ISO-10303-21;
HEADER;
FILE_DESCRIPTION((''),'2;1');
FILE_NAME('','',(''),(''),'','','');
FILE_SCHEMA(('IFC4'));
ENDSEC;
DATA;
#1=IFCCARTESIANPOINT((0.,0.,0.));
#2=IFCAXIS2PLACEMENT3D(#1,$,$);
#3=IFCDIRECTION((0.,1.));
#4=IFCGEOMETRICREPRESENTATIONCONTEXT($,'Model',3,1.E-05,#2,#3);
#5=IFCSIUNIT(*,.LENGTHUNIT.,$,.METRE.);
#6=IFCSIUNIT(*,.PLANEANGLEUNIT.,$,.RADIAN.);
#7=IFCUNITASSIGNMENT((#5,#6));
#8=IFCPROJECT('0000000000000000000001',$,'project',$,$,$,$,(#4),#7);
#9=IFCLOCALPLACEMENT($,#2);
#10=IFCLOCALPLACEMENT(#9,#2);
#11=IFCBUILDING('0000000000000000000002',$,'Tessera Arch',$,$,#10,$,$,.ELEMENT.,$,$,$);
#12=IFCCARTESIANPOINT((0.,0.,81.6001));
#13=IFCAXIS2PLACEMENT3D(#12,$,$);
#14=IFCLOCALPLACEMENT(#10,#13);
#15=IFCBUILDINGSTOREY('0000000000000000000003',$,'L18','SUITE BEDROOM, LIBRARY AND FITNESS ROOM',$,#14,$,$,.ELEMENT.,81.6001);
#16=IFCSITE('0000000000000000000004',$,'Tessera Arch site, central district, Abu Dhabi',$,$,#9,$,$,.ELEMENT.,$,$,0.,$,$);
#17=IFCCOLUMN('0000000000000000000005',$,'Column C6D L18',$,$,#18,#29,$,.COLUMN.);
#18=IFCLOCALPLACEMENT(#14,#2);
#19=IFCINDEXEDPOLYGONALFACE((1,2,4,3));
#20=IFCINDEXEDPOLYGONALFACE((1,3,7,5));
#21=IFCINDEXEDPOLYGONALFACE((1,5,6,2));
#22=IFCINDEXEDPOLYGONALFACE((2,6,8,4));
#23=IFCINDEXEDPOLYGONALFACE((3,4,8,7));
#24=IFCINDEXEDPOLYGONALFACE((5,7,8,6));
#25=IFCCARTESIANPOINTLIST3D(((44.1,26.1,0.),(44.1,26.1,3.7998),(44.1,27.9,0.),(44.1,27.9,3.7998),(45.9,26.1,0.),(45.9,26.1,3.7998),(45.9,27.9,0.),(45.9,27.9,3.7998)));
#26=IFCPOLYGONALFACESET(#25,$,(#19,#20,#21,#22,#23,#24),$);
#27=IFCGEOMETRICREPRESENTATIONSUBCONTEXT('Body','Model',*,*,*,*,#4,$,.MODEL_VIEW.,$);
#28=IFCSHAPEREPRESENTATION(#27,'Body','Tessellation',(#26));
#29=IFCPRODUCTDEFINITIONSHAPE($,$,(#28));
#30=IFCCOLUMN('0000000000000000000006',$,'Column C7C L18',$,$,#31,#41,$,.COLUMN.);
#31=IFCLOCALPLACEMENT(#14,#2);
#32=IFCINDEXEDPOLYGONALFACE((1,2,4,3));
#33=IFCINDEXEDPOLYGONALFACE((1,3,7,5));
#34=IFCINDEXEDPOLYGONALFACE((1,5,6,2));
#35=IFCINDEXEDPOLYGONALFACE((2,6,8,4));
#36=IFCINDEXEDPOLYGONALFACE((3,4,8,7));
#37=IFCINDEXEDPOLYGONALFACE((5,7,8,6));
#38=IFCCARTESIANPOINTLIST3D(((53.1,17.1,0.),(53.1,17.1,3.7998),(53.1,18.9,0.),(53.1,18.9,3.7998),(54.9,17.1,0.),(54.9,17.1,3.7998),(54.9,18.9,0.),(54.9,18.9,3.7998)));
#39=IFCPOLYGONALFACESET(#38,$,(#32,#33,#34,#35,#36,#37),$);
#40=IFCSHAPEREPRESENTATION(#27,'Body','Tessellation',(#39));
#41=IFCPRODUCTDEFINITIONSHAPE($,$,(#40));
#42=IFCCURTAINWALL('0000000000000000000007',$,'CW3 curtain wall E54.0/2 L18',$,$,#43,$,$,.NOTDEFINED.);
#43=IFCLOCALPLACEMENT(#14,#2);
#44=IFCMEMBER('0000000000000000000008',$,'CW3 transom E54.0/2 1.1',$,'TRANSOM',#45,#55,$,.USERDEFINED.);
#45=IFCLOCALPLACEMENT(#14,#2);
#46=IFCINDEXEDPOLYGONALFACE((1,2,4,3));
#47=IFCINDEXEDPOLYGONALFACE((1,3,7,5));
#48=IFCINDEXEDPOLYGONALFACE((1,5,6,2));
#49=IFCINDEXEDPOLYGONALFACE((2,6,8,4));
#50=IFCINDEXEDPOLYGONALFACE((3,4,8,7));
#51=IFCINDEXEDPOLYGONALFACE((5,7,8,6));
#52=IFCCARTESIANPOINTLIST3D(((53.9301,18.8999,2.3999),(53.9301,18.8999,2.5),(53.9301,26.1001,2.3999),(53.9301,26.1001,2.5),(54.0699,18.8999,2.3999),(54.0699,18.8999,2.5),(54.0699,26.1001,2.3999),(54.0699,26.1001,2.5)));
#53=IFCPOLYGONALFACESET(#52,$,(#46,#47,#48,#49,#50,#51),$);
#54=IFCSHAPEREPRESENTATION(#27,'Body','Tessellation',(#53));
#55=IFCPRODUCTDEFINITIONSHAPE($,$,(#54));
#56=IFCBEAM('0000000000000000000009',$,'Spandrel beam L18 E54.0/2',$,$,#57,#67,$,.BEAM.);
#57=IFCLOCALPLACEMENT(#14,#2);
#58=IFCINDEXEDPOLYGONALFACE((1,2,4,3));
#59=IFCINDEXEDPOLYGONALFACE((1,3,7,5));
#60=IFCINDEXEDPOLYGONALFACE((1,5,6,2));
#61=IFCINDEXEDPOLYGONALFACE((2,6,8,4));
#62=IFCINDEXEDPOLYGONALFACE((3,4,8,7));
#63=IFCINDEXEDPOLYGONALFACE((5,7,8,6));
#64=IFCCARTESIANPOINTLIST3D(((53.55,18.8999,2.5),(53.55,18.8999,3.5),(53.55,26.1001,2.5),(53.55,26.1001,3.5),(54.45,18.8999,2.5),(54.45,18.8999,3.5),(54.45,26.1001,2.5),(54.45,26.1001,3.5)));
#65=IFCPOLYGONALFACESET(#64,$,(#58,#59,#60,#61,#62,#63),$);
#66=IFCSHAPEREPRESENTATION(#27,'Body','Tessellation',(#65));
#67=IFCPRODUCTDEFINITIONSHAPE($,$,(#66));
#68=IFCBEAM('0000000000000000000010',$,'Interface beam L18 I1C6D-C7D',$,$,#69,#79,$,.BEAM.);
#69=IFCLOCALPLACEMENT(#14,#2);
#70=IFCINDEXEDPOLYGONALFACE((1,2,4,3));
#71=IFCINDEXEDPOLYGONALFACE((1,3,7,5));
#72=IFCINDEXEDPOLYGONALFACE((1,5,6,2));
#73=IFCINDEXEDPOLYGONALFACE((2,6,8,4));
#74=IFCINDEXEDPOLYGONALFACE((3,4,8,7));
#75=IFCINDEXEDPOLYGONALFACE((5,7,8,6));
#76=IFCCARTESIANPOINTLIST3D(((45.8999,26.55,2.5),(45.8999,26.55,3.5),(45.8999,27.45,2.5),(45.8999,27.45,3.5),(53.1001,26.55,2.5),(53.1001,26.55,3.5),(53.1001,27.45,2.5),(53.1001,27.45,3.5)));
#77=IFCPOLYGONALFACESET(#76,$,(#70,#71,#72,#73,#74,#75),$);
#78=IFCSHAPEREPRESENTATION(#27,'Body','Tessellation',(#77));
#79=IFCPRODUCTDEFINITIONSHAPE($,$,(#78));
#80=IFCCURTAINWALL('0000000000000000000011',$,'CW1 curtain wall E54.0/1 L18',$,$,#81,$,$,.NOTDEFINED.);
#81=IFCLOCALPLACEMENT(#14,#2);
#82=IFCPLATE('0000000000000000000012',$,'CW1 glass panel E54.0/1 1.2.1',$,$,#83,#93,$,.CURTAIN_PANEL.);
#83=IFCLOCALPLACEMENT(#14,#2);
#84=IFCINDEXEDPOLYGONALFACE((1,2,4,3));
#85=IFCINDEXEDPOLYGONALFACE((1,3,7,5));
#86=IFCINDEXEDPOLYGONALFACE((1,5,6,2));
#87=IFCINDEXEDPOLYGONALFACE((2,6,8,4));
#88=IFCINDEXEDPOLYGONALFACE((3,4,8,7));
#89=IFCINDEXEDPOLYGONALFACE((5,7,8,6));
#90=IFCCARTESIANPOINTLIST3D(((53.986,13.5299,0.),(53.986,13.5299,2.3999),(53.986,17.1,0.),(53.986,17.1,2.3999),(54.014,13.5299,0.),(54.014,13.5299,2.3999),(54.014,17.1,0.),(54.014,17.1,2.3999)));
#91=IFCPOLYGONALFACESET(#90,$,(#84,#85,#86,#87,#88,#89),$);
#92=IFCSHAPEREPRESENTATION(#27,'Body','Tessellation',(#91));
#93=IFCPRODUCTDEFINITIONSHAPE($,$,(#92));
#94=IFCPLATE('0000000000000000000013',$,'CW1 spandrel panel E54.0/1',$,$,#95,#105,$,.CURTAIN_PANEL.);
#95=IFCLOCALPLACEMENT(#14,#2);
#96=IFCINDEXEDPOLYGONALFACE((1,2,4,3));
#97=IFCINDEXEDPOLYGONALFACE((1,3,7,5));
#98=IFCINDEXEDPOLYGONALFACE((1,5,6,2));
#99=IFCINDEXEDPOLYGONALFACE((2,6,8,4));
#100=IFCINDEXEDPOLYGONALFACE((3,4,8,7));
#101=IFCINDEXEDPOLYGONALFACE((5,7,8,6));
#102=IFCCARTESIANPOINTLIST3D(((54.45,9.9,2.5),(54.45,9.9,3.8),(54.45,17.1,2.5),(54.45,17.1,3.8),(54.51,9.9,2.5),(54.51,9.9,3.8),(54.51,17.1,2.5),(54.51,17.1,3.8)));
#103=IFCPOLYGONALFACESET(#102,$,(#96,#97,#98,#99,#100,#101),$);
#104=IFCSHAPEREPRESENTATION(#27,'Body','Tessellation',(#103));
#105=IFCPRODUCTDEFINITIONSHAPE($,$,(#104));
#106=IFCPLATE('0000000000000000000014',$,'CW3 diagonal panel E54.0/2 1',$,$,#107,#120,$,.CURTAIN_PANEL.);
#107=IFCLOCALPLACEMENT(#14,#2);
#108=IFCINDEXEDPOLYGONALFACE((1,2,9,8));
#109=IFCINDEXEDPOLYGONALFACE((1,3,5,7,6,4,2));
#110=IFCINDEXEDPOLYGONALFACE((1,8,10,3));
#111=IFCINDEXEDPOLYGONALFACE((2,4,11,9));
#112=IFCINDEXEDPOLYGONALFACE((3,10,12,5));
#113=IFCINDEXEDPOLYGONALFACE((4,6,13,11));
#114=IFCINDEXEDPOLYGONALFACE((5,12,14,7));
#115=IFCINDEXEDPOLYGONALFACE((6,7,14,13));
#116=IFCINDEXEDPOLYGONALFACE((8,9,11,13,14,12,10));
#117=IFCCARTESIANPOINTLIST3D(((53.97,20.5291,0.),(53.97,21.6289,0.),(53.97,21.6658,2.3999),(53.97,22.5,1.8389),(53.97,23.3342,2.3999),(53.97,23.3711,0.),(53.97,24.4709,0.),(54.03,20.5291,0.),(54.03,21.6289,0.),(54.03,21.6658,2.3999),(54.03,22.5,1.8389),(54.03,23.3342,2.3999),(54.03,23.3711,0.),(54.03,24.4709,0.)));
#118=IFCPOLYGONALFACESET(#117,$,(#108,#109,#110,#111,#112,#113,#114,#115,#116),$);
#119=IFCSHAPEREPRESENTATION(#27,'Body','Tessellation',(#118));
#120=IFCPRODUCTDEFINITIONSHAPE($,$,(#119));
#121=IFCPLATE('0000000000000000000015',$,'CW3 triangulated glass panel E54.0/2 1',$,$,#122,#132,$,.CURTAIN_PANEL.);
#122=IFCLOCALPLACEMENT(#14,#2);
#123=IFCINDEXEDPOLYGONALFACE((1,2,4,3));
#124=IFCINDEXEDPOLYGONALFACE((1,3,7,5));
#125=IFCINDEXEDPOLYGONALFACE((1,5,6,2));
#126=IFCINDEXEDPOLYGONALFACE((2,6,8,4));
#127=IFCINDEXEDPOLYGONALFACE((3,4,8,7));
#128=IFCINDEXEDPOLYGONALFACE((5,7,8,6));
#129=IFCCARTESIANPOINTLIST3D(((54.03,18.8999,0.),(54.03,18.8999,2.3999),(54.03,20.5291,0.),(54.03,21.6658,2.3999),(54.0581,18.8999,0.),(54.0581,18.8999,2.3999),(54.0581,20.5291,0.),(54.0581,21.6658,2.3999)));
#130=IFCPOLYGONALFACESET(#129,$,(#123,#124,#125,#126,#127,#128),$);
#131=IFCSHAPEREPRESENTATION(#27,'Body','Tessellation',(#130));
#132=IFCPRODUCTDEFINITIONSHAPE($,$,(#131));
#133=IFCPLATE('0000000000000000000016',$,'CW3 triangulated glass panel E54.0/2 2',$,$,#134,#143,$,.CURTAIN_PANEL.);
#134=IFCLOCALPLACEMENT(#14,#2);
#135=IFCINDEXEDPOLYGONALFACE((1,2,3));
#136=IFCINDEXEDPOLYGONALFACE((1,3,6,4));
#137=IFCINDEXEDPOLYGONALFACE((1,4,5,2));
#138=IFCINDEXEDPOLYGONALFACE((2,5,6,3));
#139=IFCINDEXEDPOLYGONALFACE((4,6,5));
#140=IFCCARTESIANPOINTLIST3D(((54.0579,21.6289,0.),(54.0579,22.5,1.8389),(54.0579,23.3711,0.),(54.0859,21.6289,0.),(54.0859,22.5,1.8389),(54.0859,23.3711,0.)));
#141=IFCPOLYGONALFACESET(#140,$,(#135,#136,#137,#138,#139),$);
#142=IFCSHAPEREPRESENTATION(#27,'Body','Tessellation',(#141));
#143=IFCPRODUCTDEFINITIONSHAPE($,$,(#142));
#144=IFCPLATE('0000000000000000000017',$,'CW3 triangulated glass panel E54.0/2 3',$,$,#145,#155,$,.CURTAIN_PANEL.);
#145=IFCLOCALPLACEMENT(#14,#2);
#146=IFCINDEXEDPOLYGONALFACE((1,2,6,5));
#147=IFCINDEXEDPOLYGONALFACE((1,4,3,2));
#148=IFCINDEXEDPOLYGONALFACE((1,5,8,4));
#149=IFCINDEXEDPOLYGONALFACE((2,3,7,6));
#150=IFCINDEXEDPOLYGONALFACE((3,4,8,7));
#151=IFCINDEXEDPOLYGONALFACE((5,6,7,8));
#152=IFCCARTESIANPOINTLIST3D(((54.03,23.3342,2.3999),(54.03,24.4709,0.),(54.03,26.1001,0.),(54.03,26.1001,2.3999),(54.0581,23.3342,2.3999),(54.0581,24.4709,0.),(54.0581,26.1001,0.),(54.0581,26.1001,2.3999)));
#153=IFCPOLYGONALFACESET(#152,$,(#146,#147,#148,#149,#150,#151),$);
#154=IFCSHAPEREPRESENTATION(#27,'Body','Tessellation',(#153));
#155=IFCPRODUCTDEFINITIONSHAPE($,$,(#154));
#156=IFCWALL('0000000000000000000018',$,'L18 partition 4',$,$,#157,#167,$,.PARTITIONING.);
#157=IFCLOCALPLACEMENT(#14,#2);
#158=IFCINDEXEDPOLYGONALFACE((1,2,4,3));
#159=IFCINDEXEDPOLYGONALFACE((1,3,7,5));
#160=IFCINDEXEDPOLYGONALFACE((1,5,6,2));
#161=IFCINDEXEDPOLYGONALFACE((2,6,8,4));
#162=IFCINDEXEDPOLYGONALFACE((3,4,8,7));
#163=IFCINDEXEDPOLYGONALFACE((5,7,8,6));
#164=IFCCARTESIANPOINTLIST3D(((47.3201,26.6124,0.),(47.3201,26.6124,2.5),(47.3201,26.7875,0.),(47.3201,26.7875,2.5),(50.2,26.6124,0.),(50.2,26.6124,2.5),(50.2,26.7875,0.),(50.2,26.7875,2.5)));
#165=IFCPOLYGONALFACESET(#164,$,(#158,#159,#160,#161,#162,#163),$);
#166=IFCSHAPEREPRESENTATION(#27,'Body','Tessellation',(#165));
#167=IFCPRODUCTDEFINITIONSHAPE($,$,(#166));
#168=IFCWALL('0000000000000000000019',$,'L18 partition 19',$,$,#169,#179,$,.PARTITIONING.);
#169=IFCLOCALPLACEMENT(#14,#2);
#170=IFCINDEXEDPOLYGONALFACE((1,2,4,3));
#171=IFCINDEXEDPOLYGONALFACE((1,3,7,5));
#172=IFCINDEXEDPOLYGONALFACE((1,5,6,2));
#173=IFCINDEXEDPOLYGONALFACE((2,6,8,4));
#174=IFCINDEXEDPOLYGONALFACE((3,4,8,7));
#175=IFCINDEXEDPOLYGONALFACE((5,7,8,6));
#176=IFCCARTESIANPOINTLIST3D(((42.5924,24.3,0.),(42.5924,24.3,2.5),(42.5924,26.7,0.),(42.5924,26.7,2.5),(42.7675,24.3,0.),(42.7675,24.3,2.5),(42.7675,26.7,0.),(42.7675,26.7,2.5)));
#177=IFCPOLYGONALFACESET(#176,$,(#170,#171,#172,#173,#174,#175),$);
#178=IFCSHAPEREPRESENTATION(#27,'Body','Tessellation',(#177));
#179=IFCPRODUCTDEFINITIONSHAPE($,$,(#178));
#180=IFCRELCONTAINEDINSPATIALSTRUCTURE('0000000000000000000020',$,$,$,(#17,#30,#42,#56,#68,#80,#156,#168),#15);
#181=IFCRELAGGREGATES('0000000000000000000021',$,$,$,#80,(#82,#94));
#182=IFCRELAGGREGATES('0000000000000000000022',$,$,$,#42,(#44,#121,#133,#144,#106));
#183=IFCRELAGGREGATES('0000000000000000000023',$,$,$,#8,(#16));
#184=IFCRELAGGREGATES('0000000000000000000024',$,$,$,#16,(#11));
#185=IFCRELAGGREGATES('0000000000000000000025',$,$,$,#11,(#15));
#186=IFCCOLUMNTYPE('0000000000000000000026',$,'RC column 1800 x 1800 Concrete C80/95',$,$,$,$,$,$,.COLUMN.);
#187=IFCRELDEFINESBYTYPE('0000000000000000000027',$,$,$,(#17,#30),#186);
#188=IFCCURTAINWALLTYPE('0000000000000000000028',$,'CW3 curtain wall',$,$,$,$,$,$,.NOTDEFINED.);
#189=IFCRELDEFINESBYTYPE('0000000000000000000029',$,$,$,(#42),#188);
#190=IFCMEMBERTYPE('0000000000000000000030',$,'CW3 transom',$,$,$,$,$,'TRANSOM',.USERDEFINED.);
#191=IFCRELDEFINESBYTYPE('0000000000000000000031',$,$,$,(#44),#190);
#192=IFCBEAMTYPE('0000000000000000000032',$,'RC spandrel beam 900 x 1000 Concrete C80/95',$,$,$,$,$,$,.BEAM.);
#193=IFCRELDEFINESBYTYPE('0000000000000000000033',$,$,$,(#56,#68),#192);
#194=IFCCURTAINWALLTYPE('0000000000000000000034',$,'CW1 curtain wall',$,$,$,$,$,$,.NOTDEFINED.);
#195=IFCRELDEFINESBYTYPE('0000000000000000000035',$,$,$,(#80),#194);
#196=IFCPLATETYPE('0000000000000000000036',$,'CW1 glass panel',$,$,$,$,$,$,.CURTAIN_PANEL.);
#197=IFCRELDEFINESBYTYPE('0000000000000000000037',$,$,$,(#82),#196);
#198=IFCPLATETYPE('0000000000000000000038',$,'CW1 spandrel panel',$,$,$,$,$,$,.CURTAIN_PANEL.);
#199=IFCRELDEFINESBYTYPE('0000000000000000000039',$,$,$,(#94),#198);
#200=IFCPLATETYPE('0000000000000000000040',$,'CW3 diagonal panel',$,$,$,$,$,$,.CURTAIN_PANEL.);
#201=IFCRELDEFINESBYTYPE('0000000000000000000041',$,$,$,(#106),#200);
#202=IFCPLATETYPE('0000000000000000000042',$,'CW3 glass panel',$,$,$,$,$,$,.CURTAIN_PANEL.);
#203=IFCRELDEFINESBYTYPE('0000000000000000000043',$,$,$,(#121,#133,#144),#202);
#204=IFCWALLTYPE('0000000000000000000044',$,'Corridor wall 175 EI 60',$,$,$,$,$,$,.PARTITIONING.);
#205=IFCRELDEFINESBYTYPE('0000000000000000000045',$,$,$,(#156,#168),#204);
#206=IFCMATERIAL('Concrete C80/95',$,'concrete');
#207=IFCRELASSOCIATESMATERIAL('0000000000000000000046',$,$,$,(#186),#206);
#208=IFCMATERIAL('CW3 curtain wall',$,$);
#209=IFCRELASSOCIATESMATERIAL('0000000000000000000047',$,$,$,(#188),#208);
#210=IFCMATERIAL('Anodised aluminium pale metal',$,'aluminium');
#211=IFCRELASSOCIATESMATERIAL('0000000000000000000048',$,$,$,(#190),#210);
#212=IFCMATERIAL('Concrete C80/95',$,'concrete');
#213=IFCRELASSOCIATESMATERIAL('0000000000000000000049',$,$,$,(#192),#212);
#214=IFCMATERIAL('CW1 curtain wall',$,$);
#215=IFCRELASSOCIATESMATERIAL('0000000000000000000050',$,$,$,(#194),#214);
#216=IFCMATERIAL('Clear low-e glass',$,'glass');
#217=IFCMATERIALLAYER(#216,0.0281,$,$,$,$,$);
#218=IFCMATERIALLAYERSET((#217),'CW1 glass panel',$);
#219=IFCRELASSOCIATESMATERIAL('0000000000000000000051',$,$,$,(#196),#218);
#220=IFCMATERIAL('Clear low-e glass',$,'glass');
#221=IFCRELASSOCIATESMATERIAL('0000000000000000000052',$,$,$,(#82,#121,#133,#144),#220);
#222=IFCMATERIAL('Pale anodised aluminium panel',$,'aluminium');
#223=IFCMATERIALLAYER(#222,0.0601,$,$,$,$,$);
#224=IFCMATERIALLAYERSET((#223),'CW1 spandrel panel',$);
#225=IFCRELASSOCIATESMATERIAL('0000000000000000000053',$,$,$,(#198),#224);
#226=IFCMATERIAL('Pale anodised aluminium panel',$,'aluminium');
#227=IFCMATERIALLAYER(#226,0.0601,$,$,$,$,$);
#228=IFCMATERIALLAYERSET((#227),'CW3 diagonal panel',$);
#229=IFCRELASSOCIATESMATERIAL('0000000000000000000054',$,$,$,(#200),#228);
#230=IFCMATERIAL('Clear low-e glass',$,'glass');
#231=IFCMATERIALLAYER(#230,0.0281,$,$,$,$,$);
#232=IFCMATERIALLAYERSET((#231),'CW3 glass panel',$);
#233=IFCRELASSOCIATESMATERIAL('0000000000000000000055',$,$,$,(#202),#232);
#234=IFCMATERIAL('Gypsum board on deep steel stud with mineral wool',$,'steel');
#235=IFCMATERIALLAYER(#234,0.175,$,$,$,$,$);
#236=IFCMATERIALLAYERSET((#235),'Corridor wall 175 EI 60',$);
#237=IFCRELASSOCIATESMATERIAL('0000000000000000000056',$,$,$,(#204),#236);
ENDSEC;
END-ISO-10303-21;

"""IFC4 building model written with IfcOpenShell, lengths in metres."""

from ifc_helpers import new_model, si_unit, direction, frame, frame_2d, origin, origin_2d, place, context, subcontext, project, spatial, polyline, rectangle, outline, extrude, material, layer, layer_set, material_profile, profile_set, type_object, element, aggregate, save


model = new_model("IFC4")

# Units and contexts
model_context = context("Model", 3, precision=1e-05, world=origin(), true_north=direction((0.0, 1.0)))
body_context = subcontext(model_context, "Body", "Model", "MODEL_VIEW")
ifc_project = project(units=[si_unit("LENGTHUNIT", "METRE"), si_unit("PLANEANGLEUNIT", "RADIAN")], contexts=[model_context])

# Site, building, storey
site_placement = place(None, origin())
site = spatial("IfcSite", under=ifc_project, at=site_placement, Name="Tessera Arch site, central district, Abu Dhabi", CompositionType="ELEMENT", RefElevation=0.0)
building_placement = place(site_placement, origin())
building = spatial("IfcBuilding", under=site, at=building_placement, Name="Tessera Arch", CompositionType="ELEMENT")
storey_placement = place(building_placement, frame((0.0, 0.0, 81.6001)))
storey = spatial("IfcBuildingStorey", under=building, at=storey_placement, Name="L18", Description="SUITE BEDROOM, LIBRARY AND FITNESS ROOM", CompositionType="ELEMENT", Elevation=81.6001)

# Columns
ifc_material_1 = material(Name="Concrete C80/95", Category="concrete")
ifc_material_profile_1 = material_profile(ifc_material_1, rectangle(XDim=1.8, YDim=1.8, at=origin_2d()), Name="RC column 1800 x 1800 Concrete C80/95")
ifc_profile_set_1 = profile_set([ifc_material_profile_1], Name="Concrete C80/95")
column_type = type_object("IfcColumnType", Name="RC column 1800 x 1800 Concrete C80/95", PredefinedType="COLUMN", material=ifc_profile_set_1)
for number, where, z_axis, x_axis, name in (
    (1, (45.0, 27.0, 0.0), (0.0, 0.0, 1.0), (1.0, 0.0, 0.0), "Column C6D L18"),
    (2, (54.0, 18.0, 0.0), (0.0, 0.0, 1.0), (1.0, 0.0, 0.0), "Column C7C L18"),
):
    element("IfcColumn", number, at=place(storey_placement, frame(where, z_axis=z_axis, x_axis=x_axis)), inside=storey, type_object=column_type, Name=name, PredefinedType="COLUMN", context=body_context, shape_type="SweptSolid", body=[
        extrude(rectangle(XDim=1.8, YDim=1.8, at=origin_2d()), origin(), (0.0, 0.0, 1.0), 3.7998),
    ])

# Curtain wall, member
ifc_material_2 = material(Name="CW3 curtain wall")
curtain_wall_type_1 = type_object("IfcCurtainWallType", Name="CW3 curtain wall", PredefinedType="NOTDEFINED", material=ifc_material_2)
curtain_wall_1_placement = place(storey_placement, origin())
curtain_wall_1 = element("IfcCurtainWall", 3, at=curtain_wall_1_placement, inside=storey, type_object=curtain_wall_type_1, Name="CW3 curtain wall E54.0/2 L18", PredefinedType="NOTDEFINED")
ifc_material_3 = material(Name="Anodised aluminium pale metal", Category="aluminium")
ifc_material_profile_2 = material_profile(ifc_material_3, rectangle(XDim=0.1399, YDim=0.1001, at=origin_2d()), Name="AL 140x100")
ifc_profile_set_2 = profile_set([ifc_material_profile_2], Name="Anodised aluminium pale metal")
member_type = type_object("IfcMemberType", Name="CW3 transom", ElementType="TRANSOM", PredefinedType="USERDEFINED", material=ifc_profile_set_2)
member_placement = place(storey_placement, frame((54.0, 18.8999, 2.45), z_axis=(0.0, 1.0, 0.0), x_axis=(-1.0, 0.0, 0.0)))
member = element("IfcMember", 4, at=member_placement, type_object=member_type, Name="CW3 transom E54.0/2 1.1", ObjectType="TRANSOM", PredefinedType="USERDEFINED", context=body_context, shape_type="SweptSolid", body=[
    extrude(rectangle(XDim=0.1399, YDim=0.1001, at=origin_2d()), origin(), (0.0, 0.0, 1.0), 7.2002),
])

# Beams
ifc_material_4 = material(Name="Concrete C80/95", Category="concrete")
ifc_material_profile_3 = material_profile(ifc_material_4, rectangle(XDim=0.8999, YDim=1.0, at=origin_2d()), Name="RC spandrel beam 900 x 1000 Concrete C80/95")
ifc_profile_set_3 = profile_set([ifc_material_profile_3], Name="Concrete C80/95")
beam_type = type_object("IfcBeamType", Name="RC spandrel beam 900 x 1000 Concrete C80/95", PredefinedType="BEAM", material=ifc_profile_set_3)
for number, where, z_axis, x_axis, name in (
    (5, (54.0, 18.8999, 3.0), (0.0, 1.0, 0.0), (-1.0, 0.0, 0.0), "Spandrel beam L18 E54.0/2"),
    (6, (45.8999, 27.0, 3.0), (1.0, 0.0, 0.0), (0.0, 1.0, 0.0), "Interface beam L18 I1C6D-C7D"),
):
    element("IfcBeam", number, at=place(storey_placement, frame(where, z_axis=z_axis, x_axis=x_axis)), inside=storey, type_object=beam_type, Name=name, PredefinedType="BEAM", context=body_context, shape_type="SweptSolid", body=[
        extrude(rectangle(XDim=0.8999, YDim=1.0, at=origin_2d()), origin(), (0.0, 0.0, 1.0), 7.2002),
    ])

# Curtain wall, plates
ifc_material_5 = material(Name="CW1 curtain wall")
curtain_wall_type_2 = type_object("IfcCurtainWallType", Name="CW1 curtain wall", PredefinedType="NOTDEFINED", material=ifc_material_5)
curtain_wall_2_placement = place(storey_placement, origin())
curtain_wall_2 = element("IfcCurtainWall", 7, at=curtain_wall_2_placement, inside=storey, type_object=curtain_wall_type_2, Name="CW1 curtain wall E54.0/1 L18", PredefinedType="NOTDEFINED")
ifc_material_6 = material(Name="Clear low-e glass", Category="glass")
ifc_material_7 = material(Name="Clear low-e glass", Category="glass")
ifc_layer_1 = layer(ifc_material_7, 0.0281)
ifc_layer_set_1 = layer_set([ifc_layer_1], Name="CW1 glass panel")
plate_type_1 = type_object("IfcPlateType", Name="CW1 glass panel", PredefinedType="CURTAIN_PANEL", material=ifc_layer_set_1)
plate_1_placement = place(storey_placement, frame((54.0, 15.3149, 0.0), z_axis=(0.0, 0.0, 1.0), x_axis=(0.0, 1.0, 0.0)))
plate_1 = element("IfcPlate", 8, at=plate_1_placement, type_object=plate_type_1, material=ifc_material_6, Name="CW1 glass panel E54.0/1 1.2.1", PredefinedType="CURTAIN_PANEL", context=body_context, shape_type="SweptSolid", body=[
    extrude(rectangle(XDim=3.5701, YDim=0.0281, at=origin_2d()), origin(), (0.0, 0.0, 1.0), 2.3999),
])
ifc_material_8 = material(Name="Pale anodised aluminium panel", Category="aluminium")
ifc_layer_2 = layer(ifc_material_8, 0.0601)
ifc_layer_set_2 = layer_set([ifc_layer_2], Name="CW1 spandrel panel")
plate_type_2 = type_object("IfcPlateType", Name="CW1 spandrel panel", PredefinedType="CURTAIN_PANEL", material=ifc_layer_set_2)
plate_2_placement = place(storey_placement, frame((54.48, 13.5, 2.5), z_axis=(0.0, 0.0, 1.0), x_axis=(0.0, 1.0, 0.0)))
plate_2 = element("IfcPlate", 9, at=plate_2_placement, type_object=plate_type_2, Name="CW1 spandrel panel E54.0/1", PredefinedType="CURTAIN_PANEL", context=body_context, shape_type="SweptSolid", body=[
    extrude(rectangle(XDim=7.2, YDim=0.0601, at=origin_2d()), origin(), (0.0, 0.0, 1.0), 1.3),
])
aggregate(curtain_wall_2, [plate_1, plate_2])

# Plates
ifc_material_9 = material(Name="Pale anodised aluminium panel", Category="aluminium")
ifc_layer_3 = layer(ifc_material_9, 0.0601)
ifc_layer_set_3 = layer_set([ifc_layer_3], Name="CW3 diagonal panel")
plate_type_3 = type_object("IfcPlateType", Name="CW3 diagonal panel", PredefinedType="CURTAIN_PANEL", material=ifc_layer_set_3)
plate_3_placement = place(storey_placement, frame((54.03, 23.3342, 2.3999), z_axis=(1.0, 0.0, 0.0), x_axis=(0.0, -1.0, 0.0)))
plate_3 = element("IfcPlate", 10, at=plate_3_placement, type_object=plate_type_3, Name="CW3 diagonal panel E54.0/2 1", PredefinedType="CURTAIN_PANEL", context=body_context, shape_type="SweptSolid", body=[
    extrude(outline(polyline([(0.0, 0.0), (1.6685, 0.0), (2.8052, 2.3999), (1.7053, 2.3999), (0.8342, 0.561), (-0.0369, 2.3999), (-1.1367, 2.3999), (0.0, 0.0)])), origin(), (0.0, 0.0, -1.0), 0.0601),
])
ifc_material_10 = material(Name="Clear low-e glass", Category="glass")
ifc_layer_4 = layer(ifc_material_10, 0.0281)
ifc_layer_set_4 = layer_set([ifc_layer_4], Name="CW3 glass panel")
plate_type_4 = type_object("IfcPlateType", Name="CW3 glass panel", PredefinedType="CURTAIN_PANEL", material=ifc_layer_set_4)
plate_4_placement = place(storey_placement, frame((54.0581, 18.8999, 0.0), z_axis=(1.0, 0.0, 0.0), x_axis=(0.0, 1.0, 0.0)))
plate_4 = element("IfcPlate", 11, at=plate_4_placement, type_object=plate_type_4, material=ifc_material_6, Name="CW3 triangulated glass panel E54.0/2 1", PredefinedType="CURTAIN_PANEL", context=body_context, shape_type="SweptSolid", body=[
    extrude(outline(polyline([(0.0, 0.0), (1.6292, 0.0), (2.7659, 2.3999), (0.0, 2.3999), (0.0, 0.0)])), origin(), (0.0, 0.0, -1.0), 0.0281),
])
plate_5_placement = place(storey_placement, frame((54.0859, 21.6289, 0.0), z_axis=(1.0, 0.0, 0.0), x_axis=(0.0, 1.0, 0.0)))
plate_5 = element("IfcPlate", 12, at=plate_5_placement, type_object=plate_type_4, material=ifc_material_6, Name="CW3 triangulated glass panel E54.0/2 2", PredefinedType="CURTAIN_PANEL", context=body_context, shape_type="SweptSolid", body=[
    extrude(outline(polyline([(0.0, 0.0), (1.7422, 0.0), (0.8711, 1.8389), (0.0, 0.0)])), origin(), (0.0, 0.0, -1.0), 0.0281),
])
plate_6_placement = place(storey_placement, frame((54.0581, 26.1001, 2.3999), z_axis=(1.0, 0.0, 0.0), x_axis=(0.0, -1.0, 0.0)))
plate_6 = element("IfcPlate", 13, at=plate_6_placement, type_object=plate_type_4, material=ifc_material_6, Name="CW3 triangulated glass panel E54.0/2 3", PredefinedType="CURTAIN_PANEL", context=body_context, shape_type="SweptSolid", body=[
    extrude(outline(polyline([(0.0, 0.0), (2.7659, 0.0), (1.6292, 2.3999), (0.0, 2.3999), (0.0, 0.0)])), origin(), (0.0, 0.0, -1.0), 0.0281),
])

# Walls
ifc_material_11 = material(Name="Gypsum board on deep steel stud with mineral wool", Category="steel")
ifc_layer_5 = layer(ifc_material_11, 0.175)
ifc_layer_set_5 = layer_set([ifc_layer_5], Name="Corridor wall 175 EI 60")
wall_type_1 = type_object("IfcWallType", Name="Corridor wall 175 EI 60", PredefinedType="PARTITIONING", material=ifc_layer_set_5)
wall_1_placement = place(storey_placement, frame((47.3201, 26.7, 0.0), z_axis=(0.0, 0.0, 1.0), x_axis=(1.0, 0.0, 0.0)))
element("IfcWall", 14, at=wall_1_placement, inside=storey, type_object=wall_type_1, Name="L18 partition 4", PredefinedType="PARTITIONING", context=body_context, shape_type="SweptSolid", body=[
    extrude(rectangle(XDim=2.8799, YDim=0.175, at=frame_2d((1.4399, 0.0))), origin(), (0.0, 0.0, 1.0), 2.5),
])
wall_2_placement = place(storey_placement, frame((42.6799, 24.3, 0.0), z_axis=(0.0, 0.0, 1.0), x_axis=(0.0, 1.0, 0.0)))
element("IfcWall", 15, at=wall_2_placement, inside=storey, type_object=wall_type_1, Name="L18 partition 19", PredefinedType="PARTITIONING", context=body_context, shape_type="SweptSolid", body=[
    extrude(rectangle(XDim=2.3999, YDim=0.175, at=frame_2d((1.2, 0.0))), origin(), (0.0, 0.0, 1.0), 2.5),
])

aggregate(curtain_wall_1, [member, plate_4, plate_5, plate_6, plate_3])

save(model, "model.ifc")
